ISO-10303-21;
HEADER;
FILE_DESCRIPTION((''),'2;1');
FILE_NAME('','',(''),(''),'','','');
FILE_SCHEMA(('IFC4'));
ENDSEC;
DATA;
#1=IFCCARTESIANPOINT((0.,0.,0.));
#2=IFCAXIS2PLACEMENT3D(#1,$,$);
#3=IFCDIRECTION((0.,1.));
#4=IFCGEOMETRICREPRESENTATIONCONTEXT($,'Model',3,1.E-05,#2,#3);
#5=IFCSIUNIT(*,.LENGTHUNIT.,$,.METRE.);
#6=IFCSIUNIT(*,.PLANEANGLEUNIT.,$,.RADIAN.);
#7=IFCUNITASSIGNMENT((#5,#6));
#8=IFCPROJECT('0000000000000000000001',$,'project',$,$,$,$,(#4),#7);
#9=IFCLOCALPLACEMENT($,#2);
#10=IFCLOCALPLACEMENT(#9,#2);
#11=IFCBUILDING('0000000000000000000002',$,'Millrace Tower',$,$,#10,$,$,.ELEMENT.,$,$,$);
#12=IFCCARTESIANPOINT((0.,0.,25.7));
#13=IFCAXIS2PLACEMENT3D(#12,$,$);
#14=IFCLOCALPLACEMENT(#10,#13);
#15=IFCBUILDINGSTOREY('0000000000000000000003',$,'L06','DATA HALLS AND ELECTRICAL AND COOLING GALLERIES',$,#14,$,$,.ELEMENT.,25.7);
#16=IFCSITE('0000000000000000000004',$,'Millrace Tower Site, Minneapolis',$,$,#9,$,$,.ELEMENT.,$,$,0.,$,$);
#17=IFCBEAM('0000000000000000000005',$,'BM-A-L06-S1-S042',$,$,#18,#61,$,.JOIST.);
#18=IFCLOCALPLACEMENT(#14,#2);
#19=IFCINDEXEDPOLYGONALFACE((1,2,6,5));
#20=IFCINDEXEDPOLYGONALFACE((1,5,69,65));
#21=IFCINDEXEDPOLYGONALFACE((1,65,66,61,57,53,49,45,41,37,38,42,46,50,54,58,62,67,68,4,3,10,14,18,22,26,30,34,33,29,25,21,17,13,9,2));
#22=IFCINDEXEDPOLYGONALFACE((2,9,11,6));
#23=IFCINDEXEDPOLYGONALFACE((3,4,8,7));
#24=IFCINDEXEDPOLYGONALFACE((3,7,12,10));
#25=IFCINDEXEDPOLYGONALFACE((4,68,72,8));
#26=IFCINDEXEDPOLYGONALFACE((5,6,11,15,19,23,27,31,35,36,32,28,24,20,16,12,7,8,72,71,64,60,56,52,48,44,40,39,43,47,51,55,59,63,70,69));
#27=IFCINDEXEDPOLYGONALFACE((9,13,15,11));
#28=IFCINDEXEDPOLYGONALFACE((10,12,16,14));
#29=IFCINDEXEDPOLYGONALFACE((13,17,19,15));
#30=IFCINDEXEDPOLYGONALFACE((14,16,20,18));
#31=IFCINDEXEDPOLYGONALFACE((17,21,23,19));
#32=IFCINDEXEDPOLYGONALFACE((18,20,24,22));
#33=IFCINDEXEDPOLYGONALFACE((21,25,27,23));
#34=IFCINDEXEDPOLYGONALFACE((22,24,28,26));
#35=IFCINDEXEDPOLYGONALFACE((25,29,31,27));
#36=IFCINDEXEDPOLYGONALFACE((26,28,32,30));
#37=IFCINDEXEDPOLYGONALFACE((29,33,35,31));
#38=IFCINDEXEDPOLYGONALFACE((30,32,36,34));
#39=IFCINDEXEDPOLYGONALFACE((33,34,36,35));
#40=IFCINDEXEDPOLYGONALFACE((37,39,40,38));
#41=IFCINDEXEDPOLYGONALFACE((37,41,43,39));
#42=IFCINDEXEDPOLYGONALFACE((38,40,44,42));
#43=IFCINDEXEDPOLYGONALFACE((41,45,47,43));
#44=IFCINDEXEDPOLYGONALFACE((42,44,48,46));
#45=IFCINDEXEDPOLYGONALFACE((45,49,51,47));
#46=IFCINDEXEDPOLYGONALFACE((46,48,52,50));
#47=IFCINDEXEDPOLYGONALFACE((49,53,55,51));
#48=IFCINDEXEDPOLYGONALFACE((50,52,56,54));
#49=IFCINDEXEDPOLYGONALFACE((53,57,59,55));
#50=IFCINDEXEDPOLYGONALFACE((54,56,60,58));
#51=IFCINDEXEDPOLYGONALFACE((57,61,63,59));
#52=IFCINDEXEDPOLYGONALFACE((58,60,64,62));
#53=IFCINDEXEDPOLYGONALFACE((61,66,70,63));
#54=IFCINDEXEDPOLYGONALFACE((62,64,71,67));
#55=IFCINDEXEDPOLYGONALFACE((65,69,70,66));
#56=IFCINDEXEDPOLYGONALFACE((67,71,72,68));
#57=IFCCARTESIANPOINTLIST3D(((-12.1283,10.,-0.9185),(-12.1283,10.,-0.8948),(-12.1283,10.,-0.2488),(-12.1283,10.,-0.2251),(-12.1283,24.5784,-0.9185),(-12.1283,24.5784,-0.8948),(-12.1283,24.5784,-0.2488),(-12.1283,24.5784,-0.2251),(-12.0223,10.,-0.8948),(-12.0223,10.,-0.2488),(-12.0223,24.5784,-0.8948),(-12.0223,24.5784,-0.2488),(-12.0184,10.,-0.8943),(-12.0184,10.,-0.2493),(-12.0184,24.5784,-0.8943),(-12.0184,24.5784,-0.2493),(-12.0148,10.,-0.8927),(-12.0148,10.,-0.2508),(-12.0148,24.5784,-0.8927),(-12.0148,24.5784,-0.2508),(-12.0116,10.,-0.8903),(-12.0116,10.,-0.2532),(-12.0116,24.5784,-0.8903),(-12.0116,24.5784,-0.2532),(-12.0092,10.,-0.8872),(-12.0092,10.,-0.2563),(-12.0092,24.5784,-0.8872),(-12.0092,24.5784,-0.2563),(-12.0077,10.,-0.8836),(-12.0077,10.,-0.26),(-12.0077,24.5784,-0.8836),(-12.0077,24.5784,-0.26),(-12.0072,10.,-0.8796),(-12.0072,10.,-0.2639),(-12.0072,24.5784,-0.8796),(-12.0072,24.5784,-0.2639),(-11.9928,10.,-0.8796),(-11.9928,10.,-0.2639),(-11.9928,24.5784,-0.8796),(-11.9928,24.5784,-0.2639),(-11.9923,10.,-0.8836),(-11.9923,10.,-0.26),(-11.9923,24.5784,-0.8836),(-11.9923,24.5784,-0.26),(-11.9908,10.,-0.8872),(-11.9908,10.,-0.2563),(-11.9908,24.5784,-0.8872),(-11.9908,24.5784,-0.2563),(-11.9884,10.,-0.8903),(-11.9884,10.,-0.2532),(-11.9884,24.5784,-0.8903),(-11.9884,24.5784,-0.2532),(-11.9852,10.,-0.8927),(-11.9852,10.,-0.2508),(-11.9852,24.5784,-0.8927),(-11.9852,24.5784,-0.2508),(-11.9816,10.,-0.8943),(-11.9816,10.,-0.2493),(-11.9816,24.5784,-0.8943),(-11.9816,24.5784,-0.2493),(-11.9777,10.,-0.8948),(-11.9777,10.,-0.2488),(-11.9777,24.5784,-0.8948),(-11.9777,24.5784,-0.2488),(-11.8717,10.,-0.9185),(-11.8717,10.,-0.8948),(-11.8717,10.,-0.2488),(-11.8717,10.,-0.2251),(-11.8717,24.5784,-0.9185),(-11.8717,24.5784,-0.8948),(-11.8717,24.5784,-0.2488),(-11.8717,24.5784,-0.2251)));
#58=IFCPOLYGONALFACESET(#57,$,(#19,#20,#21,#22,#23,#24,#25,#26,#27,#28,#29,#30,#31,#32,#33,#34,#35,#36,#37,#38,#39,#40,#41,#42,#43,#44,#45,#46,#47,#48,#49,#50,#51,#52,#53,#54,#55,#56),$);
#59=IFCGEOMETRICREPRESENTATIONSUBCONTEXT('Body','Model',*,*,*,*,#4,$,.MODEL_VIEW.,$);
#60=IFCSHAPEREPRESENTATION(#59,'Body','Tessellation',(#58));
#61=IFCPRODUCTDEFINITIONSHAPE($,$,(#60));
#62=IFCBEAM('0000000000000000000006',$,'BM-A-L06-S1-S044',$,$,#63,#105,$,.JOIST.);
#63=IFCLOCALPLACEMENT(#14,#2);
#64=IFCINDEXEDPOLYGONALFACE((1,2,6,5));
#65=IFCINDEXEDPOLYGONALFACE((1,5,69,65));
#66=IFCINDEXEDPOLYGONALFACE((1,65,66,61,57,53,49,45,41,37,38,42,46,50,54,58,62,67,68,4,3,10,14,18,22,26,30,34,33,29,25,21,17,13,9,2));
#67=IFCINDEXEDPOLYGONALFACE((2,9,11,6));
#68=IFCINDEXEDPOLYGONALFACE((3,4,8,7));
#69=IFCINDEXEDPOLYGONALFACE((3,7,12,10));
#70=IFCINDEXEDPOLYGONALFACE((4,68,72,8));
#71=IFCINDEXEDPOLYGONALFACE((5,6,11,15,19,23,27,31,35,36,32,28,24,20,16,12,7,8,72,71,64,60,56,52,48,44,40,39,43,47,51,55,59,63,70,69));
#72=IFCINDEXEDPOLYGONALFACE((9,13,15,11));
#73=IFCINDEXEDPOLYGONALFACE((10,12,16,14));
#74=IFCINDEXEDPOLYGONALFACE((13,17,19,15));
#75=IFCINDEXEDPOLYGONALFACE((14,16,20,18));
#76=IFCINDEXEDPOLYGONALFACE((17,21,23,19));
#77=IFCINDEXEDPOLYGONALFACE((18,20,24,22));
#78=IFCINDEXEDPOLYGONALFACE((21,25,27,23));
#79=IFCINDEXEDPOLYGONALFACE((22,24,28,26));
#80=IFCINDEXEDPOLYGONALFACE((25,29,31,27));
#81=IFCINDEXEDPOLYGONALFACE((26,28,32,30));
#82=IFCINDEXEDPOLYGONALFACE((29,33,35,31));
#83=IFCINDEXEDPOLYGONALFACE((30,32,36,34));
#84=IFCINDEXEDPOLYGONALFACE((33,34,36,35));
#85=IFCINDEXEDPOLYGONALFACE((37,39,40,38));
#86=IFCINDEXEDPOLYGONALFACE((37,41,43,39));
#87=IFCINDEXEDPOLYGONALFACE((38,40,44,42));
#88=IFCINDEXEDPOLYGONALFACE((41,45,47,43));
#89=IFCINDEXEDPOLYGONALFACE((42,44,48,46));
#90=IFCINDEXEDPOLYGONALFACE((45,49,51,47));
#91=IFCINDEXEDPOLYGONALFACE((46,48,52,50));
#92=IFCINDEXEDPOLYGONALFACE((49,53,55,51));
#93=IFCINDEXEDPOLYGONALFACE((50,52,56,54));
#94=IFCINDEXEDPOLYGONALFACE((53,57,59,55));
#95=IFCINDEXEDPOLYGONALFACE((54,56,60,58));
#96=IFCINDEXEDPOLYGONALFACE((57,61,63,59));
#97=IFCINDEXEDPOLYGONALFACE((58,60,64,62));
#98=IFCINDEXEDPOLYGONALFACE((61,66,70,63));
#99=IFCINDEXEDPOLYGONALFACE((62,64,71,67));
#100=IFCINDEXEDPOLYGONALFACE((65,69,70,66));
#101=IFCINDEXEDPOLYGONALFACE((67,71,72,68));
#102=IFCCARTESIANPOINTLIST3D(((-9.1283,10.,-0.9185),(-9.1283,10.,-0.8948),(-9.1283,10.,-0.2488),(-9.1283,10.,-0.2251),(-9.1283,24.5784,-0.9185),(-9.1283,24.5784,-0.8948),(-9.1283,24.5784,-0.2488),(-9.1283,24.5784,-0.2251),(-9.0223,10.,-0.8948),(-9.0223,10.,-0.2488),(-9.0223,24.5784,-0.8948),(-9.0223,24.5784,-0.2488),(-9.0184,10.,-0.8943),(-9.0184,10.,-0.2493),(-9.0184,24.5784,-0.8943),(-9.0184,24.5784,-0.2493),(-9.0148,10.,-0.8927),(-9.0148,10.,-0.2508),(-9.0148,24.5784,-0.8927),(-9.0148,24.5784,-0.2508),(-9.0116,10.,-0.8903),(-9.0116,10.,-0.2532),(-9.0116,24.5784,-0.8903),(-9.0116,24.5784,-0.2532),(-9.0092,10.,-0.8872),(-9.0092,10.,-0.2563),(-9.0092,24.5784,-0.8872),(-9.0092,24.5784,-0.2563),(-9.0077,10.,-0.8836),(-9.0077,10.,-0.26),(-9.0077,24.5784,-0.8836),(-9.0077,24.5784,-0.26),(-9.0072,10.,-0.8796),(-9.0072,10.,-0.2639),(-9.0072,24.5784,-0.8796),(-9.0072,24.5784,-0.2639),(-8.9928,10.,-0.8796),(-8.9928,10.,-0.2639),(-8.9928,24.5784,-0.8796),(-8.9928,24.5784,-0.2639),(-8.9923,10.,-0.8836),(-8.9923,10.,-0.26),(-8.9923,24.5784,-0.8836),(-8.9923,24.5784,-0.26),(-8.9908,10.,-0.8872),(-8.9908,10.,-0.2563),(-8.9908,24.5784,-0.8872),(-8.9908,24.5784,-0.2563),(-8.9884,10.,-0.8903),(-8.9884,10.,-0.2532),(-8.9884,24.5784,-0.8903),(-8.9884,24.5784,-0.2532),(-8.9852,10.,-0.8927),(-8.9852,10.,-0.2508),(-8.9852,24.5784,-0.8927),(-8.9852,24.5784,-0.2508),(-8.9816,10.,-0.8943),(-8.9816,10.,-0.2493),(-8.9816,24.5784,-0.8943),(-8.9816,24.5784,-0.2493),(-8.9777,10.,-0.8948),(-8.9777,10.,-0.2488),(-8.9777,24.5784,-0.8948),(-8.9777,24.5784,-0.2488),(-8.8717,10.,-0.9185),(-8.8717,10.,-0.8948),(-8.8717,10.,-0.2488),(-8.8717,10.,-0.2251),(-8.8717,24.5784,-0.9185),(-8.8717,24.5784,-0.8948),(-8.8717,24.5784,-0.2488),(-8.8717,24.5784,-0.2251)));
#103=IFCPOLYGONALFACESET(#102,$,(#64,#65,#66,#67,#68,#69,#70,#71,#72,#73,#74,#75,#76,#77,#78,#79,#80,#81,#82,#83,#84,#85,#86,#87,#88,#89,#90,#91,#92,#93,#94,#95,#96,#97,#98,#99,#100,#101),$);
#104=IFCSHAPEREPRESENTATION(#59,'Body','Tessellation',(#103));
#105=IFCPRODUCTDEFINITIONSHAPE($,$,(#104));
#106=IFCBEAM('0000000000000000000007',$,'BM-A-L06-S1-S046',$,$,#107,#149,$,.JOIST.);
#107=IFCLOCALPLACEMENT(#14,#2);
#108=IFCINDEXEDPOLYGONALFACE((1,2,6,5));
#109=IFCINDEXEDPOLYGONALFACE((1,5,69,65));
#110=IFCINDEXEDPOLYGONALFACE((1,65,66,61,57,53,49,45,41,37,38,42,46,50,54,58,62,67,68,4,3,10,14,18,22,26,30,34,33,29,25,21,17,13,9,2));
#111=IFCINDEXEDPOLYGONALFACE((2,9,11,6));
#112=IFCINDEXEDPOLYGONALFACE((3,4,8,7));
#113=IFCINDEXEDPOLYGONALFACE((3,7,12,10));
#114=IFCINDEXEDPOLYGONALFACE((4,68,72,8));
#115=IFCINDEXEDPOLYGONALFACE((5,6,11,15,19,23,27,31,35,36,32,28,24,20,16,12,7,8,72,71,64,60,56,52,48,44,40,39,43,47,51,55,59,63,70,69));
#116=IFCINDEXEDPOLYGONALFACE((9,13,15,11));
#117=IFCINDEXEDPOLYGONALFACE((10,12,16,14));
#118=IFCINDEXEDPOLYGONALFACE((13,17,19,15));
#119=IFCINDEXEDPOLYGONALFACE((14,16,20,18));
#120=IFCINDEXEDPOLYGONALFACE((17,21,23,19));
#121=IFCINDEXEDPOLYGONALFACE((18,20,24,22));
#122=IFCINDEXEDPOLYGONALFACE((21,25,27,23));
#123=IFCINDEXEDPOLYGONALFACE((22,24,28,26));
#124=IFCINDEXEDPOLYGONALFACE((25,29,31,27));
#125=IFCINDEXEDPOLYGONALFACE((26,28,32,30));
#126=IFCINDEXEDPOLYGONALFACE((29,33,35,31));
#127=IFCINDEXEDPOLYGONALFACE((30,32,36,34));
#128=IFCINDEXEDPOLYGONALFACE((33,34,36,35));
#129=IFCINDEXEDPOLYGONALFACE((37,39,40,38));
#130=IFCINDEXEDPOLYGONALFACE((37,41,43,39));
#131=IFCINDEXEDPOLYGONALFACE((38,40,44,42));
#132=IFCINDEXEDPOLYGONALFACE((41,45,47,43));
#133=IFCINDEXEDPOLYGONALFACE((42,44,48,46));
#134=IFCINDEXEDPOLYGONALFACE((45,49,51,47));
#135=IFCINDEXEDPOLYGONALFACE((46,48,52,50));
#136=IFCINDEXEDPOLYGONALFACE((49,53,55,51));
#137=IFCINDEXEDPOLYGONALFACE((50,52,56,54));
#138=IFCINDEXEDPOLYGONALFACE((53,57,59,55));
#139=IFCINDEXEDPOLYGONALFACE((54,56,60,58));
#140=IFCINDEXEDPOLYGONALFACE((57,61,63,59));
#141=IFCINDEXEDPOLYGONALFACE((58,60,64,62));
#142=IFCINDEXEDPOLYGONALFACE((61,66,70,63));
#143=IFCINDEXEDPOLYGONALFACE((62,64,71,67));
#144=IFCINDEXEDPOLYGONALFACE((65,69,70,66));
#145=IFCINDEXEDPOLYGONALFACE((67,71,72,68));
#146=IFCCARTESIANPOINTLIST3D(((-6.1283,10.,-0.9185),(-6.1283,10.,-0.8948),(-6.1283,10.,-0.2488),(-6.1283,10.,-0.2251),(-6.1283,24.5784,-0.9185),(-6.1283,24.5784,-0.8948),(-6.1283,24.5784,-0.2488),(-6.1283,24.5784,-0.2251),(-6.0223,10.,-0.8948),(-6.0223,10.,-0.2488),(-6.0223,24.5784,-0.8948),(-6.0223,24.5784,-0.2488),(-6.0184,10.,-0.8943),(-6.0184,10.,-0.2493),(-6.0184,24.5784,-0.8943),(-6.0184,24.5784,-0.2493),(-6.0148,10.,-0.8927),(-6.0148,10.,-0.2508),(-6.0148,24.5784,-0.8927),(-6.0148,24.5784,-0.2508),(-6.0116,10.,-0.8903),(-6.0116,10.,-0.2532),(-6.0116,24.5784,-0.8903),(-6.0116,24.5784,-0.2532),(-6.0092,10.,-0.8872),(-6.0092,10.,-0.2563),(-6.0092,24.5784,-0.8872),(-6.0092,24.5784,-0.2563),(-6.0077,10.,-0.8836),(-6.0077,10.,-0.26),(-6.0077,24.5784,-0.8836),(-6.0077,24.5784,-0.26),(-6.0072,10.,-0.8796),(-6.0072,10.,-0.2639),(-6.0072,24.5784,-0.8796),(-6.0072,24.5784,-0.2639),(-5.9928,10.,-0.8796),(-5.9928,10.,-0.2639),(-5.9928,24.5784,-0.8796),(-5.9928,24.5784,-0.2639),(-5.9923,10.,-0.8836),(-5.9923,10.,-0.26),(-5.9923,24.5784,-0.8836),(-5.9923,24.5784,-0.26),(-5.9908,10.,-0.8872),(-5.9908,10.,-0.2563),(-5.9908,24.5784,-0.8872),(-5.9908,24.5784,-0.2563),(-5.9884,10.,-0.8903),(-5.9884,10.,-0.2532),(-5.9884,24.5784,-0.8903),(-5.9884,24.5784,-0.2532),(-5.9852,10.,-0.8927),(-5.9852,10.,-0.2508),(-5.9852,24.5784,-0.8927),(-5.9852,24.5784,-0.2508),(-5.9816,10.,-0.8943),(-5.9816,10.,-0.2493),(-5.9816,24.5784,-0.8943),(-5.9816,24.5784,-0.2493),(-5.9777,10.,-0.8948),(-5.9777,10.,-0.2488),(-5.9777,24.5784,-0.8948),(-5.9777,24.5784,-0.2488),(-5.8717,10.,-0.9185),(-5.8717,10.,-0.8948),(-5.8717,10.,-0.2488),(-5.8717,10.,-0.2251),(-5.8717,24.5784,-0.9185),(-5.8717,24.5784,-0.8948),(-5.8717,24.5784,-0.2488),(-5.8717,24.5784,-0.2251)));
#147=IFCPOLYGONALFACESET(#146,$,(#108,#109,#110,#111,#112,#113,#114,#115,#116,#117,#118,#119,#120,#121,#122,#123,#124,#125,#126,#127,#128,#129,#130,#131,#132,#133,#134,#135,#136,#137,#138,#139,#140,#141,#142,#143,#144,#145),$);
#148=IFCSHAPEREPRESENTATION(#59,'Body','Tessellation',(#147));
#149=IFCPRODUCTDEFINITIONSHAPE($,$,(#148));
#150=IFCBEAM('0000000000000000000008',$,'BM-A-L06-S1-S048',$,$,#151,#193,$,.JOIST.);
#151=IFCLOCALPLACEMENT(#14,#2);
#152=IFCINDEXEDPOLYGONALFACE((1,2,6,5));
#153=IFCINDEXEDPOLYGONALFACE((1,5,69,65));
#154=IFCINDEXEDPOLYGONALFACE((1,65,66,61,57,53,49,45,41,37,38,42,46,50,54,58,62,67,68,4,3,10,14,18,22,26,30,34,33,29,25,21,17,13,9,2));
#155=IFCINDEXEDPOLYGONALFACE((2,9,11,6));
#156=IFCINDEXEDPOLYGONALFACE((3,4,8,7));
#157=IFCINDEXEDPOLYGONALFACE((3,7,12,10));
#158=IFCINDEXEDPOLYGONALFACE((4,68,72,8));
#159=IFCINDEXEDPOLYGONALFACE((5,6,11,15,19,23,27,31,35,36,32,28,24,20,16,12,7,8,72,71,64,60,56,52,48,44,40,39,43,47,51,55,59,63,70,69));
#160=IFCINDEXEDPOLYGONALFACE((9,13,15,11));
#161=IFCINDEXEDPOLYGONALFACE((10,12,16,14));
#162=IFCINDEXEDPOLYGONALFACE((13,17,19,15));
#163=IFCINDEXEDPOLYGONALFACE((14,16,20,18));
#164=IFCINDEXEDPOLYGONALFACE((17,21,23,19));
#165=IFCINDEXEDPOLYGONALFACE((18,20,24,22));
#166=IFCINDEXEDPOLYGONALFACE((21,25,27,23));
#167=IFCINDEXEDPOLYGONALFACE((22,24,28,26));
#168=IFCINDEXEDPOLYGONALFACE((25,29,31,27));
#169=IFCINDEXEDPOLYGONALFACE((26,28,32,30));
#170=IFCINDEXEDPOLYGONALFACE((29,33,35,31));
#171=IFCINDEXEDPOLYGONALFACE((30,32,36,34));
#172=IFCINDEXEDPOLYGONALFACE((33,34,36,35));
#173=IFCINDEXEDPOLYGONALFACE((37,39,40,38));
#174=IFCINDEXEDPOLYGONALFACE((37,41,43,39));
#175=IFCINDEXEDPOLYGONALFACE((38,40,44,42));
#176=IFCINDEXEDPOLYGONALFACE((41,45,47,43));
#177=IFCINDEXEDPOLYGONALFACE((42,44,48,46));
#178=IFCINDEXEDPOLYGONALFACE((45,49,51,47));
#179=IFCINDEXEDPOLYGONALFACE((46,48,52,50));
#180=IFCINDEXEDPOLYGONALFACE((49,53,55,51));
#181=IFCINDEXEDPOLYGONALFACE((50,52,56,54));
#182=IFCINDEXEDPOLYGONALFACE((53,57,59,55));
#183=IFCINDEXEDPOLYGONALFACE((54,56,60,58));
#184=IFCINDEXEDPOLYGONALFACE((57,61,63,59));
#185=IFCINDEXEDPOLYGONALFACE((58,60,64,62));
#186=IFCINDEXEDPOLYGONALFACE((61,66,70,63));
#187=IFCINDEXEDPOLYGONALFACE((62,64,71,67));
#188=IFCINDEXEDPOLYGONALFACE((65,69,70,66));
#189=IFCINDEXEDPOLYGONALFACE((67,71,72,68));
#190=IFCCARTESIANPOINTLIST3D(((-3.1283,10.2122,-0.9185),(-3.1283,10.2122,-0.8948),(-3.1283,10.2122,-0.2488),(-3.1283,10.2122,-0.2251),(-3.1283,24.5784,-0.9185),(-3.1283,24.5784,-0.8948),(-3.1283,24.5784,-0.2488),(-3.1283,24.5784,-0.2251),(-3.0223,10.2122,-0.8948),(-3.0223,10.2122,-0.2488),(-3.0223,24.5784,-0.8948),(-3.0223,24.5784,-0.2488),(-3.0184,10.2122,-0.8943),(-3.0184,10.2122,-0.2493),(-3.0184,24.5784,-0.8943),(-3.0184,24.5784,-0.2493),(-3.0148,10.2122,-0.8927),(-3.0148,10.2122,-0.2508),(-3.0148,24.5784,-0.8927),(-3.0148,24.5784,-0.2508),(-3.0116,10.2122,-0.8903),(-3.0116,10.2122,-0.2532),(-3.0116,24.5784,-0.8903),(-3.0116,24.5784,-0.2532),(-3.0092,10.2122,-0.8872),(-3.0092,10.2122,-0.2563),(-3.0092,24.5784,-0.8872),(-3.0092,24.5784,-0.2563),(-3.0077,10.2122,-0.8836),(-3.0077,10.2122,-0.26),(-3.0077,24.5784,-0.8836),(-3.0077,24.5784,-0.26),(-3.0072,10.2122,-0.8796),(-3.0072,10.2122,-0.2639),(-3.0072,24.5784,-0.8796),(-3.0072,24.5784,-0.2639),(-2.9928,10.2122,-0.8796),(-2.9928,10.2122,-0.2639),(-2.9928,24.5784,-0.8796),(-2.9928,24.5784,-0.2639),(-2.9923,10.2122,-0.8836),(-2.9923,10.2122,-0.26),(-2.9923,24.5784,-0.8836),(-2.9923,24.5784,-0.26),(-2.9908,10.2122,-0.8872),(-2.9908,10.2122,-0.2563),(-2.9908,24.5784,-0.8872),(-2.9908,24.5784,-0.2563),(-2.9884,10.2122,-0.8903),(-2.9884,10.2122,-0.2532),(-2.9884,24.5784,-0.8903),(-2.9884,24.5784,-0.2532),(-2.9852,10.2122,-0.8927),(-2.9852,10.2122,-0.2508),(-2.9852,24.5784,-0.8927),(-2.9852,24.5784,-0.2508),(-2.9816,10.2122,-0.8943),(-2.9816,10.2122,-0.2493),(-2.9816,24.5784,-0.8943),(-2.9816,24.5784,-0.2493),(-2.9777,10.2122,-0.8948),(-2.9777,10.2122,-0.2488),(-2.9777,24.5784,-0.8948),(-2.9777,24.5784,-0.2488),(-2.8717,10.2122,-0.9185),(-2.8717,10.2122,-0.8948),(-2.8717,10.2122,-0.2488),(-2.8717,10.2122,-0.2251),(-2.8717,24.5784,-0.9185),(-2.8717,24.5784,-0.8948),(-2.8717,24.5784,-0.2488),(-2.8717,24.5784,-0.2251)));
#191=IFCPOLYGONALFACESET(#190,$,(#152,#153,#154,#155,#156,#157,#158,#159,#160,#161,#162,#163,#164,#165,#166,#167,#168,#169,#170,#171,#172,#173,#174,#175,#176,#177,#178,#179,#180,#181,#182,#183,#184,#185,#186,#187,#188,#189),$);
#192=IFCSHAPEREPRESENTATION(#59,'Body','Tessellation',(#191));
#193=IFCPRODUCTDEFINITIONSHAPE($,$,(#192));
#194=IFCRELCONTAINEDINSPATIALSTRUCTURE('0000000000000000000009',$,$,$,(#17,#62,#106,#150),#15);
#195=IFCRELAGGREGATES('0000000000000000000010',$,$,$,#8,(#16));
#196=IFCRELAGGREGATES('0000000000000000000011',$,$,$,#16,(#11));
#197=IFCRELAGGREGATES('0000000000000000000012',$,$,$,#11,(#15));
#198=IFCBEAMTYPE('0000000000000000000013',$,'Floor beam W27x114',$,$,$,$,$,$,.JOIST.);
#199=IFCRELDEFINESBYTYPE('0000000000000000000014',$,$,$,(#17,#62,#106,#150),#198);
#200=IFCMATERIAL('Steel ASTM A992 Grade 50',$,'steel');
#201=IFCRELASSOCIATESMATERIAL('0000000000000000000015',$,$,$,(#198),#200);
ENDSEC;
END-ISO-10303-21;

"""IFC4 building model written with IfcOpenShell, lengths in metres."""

from ifc_helpers import new_model, si_unit, direction, frame, origin, origin_2d, place, context, subcontext, project, spatial, i_section, extrude, material, material_profile, profile_set, type_object, element, save


model = new_model("IFC4")

# Units and contexts
model_context = context("Model", 3, precision=1e-05, world=origin(), true_north=direction((0.0, 1.0)))
body_context = subcontext(model_context, "Body", "Model", "MODEL_VIEW")
ifc_project = project(units=[si_unit("LENGTHUNIT", "METRE"), si_unit("PLANEANGLEUNIT", "RADIAN")], contexts=[model_context])

# Site, building, storey
site_placement = place(None, origin())
site = spatial("IfcSite", under=ifc_project, at=site_placement, Name="Millrace Tower Site, Minneapolis", CompositionType="ELEMENT", RefElevation=0.0)
building_placement = place(site_placement, origin())
building = spatial("IfcBuilding", under=site, at=building_placement, Name="Millrace Tower", CompositionType="ELEMENT")
storey_placement = place(building_placement, frame((0.0, 0.0, 25.7)))
storey = spatial("IfcBuildingStorey", under=building, at=storey_placement, Name="L06", Description="DATA HALLS AND ELECTRICAL AND COOLING GALLERIES", CompositionType="ELEMENT", Elevation=25.7)

# Beams
ifc_material_1 = material(Name="Steel ASTM A992 Grade 50", Category="steel")
ifc_material_profile_1 = material_profile(ifc_material_1, i_section(OverallWidth=0.2566, OverallDepth=0.6934, WebThickness=0.0144, FlangeThickness=0.0237, FilletRadius=0.0151, at=origin_2d()))
ifc_profile_set_1 = profile_set([ifc_material_profile_1], Name="Steel ASTM A992 Grade 50")
beam_type_1 = type_object("IfcBeamType", Name="Floor beam W27x114", PredefinedType="JOIST", material=ifc_profile_set_1)
for number, where, z_axis, x_axis, name in (
    (1, (-12.0, 10.0, -0.5718), (0.0, 1.0, 0.0), (-1.0, 0.0, 0.0), "BM-A-L06-S1-S042"),
    (2, (-9.0, 10.0, -0.5718), (0.0, 1.0, 0.0), (-1.0, 0.0, 0.0), "BM-A-L06-S1-S044"),
    (3, (-6.0, 10.0, -0.5718), (0.0, 1.0, 0.0), (-1.0, 0.0, 0.0), "BM-A-L06-S1-S046"),
):
    element("IfcBeam", number, at=place(storey_placement, frame(where, z_axis=z_axis, x_axis=x_axis)), inside=storey, type_object=beam_type_1, Name=name, PredefinedType="JOIST", context=body_context, shape_type="SweptSolid", body=[
        extrude(i_section(OverallWidth=0.2566, OverallDepth=0.6934, WebThickness=0.0144, FlangeThickness=0.0237, FilletRadius=0.0151, at=origin_2d()), origin(), (0.0, 0.0, 1.0), 14.5784),
    ])
for number, where, z_axis, x_axis, name in (
    (4, (-3.0, 10.2122, -0.5718), (0.0, 1.0, 0.0), (-1.0, 0.0, 0.0), "BM-A-L06-S1-S048"),
):
    element("IfcBeam", number, at=place(storey_placement, frame(where, z_axis=z_axis, x_axis=x_axis)), inside=storey, type_object=beam_type_1, Name=name, PredefinedType="JOIST", context=body_context, shape_type="SweptSolid", body=[
        extrude(i_section(OverallWidth=0.2566, OverallDepth=0.6934, WebThickness=0.0144, FlangeThickness=0.0237, FilletRadius=0.0151, at=origin_2d()), origin(), (0.0, 0.0, 1.0), 14.3662),
    ])

save(model, "model.ifc")
